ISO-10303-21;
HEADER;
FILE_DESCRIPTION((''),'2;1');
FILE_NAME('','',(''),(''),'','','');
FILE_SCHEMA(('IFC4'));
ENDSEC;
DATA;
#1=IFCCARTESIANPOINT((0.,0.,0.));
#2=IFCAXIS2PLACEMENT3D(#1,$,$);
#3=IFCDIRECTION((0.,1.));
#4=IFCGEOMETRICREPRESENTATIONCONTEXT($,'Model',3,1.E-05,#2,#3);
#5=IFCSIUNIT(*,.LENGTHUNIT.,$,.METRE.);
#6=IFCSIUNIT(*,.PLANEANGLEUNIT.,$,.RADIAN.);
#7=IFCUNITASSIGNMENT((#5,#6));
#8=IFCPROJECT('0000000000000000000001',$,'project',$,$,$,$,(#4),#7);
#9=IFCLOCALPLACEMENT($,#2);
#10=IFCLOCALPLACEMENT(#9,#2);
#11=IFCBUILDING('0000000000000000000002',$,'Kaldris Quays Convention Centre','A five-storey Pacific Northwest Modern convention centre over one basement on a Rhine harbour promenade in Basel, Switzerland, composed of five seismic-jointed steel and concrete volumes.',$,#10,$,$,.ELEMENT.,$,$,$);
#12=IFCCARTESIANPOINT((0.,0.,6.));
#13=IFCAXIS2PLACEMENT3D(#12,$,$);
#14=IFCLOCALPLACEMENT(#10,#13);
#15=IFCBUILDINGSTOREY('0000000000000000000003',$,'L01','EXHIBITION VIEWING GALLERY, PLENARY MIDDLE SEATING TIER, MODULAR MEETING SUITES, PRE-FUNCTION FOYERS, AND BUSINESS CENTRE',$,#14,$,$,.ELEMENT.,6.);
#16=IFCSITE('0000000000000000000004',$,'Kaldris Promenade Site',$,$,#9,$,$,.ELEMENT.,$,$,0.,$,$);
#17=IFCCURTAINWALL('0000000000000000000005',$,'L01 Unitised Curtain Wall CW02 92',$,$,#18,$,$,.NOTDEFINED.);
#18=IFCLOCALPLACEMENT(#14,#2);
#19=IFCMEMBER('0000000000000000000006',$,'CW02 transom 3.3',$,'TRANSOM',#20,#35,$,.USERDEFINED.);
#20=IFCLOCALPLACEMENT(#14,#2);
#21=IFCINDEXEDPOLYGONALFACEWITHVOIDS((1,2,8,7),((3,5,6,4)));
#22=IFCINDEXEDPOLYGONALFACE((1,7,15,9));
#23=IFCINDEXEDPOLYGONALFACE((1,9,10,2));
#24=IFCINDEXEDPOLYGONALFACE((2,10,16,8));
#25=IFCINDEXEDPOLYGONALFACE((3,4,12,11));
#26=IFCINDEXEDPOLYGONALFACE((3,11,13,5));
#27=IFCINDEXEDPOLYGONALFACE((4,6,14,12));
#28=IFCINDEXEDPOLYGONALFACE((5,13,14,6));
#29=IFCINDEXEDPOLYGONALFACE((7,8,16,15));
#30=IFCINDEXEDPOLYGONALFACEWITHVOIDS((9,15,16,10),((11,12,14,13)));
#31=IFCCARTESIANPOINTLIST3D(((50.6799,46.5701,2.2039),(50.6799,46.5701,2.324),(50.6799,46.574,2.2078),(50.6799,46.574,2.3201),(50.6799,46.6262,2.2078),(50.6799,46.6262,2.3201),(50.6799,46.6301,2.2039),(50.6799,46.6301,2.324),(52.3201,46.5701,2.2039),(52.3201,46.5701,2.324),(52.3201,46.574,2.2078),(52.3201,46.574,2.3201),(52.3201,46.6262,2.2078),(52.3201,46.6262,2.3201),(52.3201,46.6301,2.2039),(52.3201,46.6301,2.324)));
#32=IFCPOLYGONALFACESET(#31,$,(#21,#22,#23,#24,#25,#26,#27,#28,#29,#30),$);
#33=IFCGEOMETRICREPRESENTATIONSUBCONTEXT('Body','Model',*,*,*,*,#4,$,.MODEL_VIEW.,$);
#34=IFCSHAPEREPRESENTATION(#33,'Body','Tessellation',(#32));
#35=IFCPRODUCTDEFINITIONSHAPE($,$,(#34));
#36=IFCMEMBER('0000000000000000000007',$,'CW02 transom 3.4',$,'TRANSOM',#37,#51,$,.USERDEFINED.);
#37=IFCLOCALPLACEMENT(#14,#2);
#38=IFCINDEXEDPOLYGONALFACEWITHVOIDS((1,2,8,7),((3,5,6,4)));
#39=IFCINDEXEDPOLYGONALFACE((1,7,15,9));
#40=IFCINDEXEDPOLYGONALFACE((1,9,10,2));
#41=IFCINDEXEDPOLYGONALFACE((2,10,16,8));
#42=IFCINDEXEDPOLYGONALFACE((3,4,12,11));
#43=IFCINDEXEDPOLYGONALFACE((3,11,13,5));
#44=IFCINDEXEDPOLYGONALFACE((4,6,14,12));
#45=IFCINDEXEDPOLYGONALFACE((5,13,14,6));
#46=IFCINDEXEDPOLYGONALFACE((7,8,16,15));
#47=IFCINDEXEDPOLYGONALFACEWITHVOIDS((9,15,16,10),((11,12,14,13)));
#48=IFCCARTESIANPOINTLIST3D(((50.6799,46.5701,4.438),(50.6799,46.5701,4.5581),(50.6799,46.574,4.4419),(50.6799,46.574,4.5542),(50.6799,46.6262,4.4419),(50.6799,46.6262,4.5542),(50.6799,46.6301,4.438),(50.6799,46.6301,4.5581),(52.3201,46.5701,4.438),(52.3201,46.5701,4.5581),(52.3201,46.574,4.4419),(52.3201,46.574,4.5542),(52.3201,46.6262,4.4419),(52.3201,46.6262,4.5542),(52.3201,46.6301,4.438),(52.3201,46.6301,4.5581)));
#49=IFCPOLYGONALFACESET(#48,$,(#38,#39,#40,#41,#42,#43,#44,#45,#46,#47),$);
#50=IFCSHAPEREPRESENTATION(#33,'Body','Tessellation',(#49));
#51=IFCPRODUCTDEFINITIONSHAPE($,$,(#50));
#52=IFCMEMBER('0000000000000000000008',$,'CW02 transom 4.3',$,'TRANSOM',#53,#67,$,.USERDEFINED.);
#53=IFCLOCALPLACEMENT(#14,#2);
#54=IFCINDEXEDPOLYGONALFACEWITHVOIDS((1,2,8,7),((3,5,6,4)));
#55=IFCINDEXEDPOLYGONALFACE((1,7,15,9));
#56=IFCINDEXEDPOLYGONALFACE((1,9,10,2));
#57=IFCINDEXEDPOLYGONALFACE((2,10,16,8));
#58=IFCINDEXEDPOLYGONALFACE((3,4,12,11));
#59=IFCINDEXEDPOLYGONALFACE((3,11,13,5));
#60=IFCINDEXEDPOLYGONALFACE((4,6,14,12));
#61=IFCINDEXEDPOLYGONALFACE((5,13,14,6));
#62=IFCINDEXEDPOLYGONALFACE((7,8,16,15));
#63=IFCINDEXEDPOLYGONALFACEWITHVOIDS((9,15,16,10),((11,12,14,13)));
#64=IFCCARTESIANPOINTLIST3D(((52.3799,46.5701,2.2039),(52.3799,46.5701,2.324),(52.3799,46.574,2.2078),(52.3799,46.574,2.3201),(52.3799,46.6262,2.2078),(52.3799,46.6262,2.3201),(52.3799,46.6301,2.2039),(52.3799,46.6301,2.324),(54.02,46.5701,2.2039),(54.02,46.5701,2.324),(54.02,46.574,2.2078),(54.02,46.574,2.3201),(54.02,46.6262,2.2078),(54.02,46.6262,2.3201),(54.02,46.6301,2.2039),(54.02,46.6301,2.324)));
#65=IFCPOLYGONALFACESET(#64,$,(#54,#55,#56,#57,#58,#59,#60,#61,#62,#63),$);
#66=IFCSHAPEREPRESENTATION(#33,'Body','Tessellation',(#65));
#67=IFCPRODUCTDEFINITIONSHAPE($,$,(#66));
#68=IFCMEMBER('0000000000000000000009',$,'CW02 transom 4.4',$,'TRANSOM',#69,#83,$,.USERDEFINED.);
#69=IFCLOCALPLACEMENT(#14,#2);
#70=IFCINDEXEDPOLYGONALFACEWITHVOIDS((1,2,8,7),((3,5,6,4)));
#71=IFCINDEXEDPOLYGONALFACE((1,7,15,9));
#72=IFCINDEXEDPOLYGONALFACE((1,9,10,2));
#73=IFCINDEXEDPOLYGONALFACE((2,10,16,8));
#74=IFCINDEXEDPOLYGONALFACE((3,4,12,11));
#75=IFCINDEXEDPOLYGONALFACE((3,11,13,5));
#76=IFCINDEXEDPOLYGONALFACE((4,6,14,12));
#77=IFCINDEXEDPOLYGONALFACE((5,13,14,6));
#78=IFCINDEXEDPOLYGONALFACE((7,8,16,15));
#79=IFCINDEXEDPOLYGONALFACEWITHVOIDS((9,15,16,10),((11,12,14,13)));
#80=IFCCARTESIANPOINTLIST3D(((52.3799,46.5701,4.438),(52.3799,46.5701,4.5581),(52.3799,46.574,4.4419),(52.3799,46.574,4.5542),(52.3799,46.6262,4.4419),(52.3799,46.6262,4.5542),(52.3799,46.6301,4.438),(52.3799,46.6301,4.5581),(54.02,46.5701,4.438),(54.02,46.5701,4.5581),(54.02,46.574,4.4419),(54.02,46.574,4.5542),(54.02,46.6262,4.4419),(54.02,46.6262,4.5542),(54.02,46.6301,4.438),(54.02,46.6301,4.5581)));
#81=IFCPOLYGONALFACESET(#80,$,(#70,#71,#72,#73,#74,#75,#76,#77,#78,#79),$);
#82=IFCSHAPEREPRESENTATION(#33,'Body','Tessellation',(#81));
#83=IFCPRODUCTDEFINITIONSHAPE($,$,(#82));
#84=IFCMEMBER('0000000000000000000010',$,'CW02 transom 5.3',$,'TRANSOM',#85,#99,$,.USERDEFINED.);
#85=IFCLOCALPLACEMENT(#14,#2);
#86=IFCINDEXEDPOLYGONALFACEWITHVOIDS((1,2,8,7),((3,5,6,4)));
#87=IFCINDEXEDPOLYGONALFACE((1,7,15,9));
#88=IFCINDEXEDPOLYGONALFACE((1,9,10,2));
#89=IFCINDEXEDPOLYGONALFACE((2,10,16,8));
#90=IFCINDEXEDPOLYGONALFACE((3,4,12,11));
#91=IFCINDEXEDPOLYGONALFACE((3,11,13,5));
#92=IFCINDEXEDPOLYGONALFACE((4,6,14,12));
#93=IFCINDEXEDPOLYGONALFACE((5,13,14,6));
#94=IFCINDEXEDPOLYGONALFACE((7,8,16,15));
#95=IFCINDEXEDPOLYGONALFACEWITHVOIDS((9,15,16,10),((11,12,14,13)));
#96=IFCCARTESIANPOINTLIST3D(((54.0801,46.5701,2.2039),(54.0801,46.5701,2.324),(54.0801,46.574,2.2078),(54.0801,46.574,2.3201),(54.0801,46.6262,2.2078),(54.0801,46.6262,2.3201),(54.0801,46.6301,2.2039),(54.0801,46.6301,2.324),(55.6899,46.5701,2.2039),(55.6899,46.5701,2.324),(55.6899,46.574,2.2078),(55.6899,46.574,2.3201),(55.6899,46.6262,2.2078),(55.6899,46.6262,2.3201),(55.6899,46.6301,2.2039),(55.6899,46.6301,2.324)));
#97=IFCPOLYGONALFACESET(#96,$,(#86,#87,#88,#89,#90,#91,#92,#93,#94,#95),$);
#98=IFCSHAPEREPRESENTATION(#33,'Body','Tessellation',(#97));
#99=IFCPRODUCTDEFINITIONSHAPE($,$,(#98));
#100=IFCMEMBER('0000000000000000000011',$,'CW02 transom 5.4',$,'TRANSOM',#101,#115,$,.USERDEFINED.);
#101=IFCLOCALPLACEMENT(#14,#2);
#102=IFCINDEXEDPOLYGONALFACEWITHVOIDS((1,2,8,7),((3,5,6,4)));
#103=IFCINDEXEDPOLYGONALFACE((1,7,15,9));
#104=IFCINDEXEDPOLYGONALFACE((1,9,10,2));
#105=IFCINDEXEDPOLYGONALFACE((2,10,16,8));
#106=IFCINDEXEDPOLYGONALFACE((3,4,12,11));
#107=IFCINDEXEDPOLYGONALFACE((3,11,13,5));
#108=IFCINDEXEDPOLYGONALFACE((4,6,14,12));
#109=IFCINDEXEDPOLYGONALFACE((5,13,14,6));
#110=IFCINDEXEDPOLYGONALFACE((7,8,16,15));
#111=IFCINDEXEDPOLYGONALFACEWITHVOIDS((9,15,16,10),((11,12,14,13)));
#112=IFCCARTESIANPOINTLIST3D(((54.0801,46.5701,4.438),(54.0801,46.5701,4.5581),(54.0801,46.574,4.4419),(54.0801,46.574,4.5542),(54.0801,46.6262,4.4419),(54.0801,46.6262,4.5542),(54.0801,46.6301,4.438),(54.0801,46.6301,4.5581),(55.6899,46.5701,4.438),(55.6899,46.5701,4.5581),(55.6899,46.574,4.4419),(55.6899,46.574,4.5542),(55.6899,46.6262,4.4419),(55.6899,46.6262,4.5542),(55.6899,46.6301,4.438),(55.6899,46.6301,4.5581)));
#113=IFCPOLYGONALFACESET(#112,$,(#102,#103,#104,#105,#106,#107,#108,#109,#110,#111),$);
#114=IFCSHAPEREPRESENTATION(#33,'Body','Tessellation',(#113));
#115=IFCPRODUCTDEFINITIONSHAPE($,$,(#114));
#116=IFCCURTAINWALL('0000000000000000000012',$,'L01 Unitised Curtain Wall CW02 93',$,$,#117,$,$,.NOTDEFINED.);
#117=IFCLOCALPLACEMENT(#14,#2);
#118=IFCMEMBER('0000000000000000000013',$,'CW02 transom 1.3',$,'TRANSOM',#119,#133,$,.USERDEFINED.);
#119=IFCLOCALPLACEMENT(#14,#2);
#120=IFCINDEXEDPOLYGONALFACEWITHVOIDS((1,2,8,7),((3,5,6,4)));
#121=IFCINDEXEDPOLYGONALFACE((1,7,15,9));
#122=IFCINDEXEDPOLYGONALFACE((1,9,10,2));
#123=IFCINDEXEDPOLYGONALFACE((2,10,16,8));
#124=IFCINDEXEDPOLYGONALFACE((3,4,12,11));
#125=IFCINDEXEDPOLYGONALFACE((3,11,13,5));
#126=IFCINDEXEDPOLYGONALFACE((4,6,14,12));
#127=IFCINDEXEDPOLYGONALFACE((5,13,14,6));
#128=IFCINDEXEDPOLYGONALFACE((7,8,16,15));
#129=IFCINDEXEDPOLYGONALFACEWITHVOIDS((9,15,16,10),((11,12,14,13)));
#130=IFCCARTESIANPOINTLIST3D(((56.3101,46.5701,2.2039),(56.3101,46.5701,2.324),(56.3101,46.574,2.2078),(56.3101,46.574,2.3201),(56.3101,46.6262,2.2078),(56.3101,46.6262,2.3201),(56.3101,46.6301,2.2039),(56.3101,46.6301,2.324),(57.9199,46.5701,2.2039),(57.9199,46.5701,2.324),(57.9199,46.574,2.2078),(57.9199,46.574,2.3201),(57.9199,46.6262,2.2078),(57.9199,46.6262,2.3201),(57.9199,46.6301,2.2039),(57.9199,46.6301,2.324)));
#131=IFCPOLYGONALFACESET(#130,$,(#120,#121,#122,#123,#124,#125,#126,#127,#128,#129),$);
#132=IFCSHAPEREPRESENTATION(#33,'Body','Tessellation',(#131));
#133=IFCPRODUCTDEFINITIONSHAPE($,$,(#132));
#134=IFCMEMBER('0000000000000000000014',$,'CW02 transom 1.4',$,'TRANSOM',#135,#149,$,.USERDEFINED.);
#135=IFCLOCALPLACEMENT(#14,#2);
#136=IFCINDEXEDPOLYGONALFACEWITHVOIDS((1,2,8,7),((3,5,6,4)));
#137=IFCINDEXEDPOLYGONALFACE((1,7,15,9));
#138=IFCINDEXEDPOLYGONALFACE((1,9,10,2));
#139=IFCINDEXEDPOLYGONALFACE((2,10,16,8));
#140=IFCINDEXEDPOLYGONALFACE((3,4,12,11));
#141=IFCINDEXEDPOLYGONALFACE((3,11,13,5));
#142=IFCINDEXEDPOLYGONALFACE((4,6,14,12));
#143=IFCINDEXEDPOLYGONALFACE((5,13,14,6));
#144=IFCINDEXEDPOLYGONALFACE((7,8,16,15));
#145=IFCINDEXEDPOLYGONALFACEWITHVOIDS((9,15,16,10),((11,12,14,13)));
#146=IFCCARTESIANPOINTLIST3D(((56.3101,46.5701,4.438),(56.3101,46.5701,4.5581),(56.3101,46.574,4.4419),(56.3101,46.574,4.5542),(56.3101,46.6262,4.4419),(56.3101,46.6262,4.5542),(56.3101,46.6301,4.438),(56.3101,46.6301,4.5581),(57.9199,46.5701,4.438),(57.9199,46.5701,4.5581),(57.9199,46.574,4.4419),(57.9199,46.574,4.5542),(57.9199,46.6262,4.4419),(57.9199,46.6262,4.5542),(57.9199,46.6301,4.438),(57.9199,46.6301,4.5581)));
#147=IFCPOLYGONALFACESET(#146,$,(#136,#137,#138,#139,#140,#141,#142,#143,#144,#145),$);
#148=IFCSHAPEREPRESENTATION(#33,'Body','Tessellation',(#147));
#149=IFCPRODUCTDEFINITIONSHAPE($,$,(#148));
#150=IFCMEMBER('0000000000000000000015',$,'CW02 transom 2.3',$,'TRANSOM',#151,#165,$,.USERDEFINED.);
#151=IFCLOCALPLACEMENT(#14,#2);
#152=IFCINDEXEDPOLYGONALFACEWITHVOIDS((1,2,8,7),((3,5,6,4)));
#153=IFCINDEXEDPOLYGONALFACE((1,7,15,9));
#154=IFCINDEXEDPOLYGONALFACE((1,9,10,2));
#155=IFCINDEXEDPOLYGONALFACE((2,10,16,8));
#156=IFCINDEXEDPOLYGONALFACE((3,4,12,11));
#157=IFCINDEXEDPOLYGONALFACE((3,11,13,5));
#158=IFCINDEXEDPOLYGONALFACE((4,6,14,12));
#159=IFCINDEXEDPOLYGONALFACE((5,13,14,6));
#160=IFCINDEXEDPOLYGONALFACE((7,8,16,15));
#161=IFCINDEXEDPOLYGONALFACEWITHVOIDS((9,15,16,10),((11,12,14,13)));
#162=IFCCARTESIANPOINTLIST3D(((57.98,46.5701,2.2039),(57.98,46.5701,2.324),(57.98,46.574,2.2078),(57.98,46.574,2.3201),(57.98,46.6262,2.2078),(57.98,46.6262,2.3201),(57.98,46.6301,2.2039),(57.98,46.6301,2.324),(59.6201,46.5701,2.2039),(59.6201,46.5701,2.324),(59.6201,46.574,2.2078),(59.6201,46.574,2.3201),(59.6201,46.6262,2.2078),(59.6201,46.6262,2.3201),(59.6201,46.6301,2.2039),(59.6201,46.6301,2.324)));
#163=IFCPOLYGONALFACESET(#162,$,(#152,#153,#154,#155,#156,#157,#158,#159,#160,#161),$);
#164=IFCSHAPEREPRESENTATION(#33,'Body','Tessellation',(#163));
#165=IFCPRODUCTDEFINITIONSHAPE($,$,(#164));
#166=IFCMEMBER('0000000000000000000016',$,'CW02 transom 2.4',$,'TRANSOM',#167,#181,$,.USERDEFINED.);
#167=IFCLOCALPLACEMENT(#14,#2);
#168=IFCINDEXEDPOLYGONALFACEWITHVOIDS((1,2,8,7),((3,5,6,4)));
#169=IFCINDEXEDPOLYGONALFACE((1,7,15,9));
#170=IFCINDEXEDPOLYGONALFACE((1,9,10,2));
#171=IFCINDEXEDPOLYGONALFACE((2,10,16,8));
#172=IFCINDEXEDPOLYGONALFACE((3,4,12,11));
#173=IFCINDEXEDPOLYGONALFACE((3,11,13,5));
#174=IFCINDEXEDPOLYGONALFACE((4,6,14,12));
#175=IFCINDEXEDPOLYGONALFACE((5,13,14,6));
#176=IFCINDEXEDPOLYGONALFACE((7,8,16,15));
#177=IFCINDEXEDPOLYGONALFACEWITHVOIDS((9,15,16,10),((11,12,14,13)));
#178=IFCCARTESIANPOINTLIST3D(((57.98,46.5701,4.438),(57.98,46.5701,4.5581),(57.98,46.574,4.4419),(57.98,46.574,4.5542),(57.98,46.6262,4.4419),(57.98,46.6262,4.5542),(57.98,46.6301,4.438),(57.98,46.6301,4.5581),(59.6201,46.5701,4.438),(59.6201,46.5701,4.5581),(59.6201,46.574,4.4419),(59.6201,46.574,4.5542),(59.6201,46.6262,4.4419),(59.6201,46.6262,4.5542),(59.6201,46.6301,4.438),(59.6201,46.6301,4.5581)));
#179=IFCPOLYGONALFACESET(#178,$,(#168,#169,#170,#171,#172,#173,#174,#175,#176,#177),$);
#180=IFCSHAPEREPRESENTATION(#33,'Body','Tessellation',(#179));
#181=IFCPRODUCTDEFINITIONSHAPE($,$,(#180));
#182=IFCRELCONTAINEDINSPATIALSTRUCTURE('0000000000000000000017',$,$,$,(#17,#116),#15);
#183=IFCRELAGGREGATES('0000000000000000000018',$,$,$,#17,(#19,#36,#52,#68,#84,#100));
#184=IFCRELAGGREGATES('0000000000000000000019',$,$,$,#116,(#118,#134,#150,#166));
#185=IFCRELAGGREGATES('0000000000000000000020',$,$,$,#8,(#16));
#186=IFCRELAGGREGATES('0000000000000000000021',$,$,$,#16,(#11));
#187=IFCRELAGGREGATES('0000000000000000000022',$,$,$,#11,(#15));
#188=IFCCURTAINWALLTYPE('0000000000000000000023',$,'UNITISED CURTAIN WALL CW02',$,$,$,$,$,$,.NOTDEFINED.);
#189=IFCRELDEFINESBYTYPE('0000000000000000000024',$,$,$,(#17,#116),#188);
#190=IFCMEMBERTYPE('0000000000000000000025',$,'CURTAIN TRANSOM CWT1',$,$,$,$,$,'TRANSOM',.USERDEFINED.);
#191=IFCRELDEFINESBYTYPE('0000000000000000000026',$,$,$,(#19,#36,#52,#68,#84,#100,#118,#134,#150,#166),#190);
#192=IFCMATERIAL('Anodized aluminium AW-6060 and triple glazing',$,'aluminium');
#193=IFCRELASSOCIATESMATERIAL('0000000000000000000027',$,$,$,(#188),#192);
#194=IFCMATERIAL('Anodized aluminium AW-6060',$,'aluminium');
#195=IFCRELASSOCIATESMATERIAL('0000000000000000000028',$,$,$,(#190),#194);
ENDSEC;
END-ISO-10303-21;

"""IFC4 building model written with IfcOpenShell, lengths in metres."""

from ifc_helpers import new_model, si_unit, direction, frame, origin, origin_2d, place, context, subcontext, project, spatial, hollow_rectangle, extrude, material, material_profile, profile_set, type_object, element, aggregate, save


model = new_model("IFC4")

# Units and contexts
model_context = context("Model", 3, precision=1e-05, world=origin(), true_north=direction((0.0, 1.0)))
body_context = subcontext(model_context, "Body", "Model", "MODEL_VIEW")
ifc_project = project(units=[si_unit("LENGTHUNIT", "METRE"), si_unit("PLANEANGLEUNIT", "RADIAN")], contexts=[model_context])

# Site, building, storey
site_placement = place(None, origin())
site = spatial("IfcSite", under=ifc_project, at=site_placement, Name="Kaldris Promenade Site", CompositionType="ELEMENT", RefElevation=0.0)
building_placement = place(site_placement, origin())
building = spatial("IfcBuilding", under=site, at=building_placement, Name="Kaldris Quays Convention Centre", Description="A five-storey Pacific Northwest Modern convention centre over one basement on a Rhine harbour promenade in Basel, Switzerland, composed of five seismic-jointed steel and concrete volumes.", CompositionType="ELEMENT")
storey_placement = place(building_placement, frame((0.0, 0.0, 6.0)))
storey = spatial("IfcBuildingStorey", under=building, at=storey_placement, Name="L01", Description="EXHIBITION VIEWING GALLERY, PLENARY MIDDLE SEATING TIER, MODULAR MEETING SUITES, PRE-FUNCTION FOYERS, AND BUSINESS CENTRE", CompositionType="ELEMENT", Elevation=6.0)

# Curtain walls, members
ifc_material_1 = material(Name="Anodized aluminium AW-6060 and triple glazing", Category="aluminium")
curtain_wall_type = type_object("IfcCurtainWallType", Name="UNITISED CURTAIN WALL CW02", PredefinedType="NOTDEFINED", material=ifc_material_1)
curtain_wall_1_placement = place(storey_placement, origin())
curtain_wall_1 = element("IfcCurtainWall", 1, at=curtain_wall_1_placement, inside=storey, type_object=curtain_wall_type, Name="L01 Unitised Curtain Wall CW02 92", PredefinedType="NOTDEFINED")
ifc_material_2 = material(Name="Anodized aluminium AW-6060", Category="aluminium")
ifc_material_profile_1 = material_profile(ifc_material_2, hollow_rectangle(XDim=0.0601, YDim=0.1201, WallThickness=0.0039, at=origin_2d()), Name="RHS 120x60x4")
ifc_profile_set_1 = profile_set([ifc_material_profile_1], Name="Anodized aluminium AW-6060")
member_type = type_object("IfcMemberType", Name="CURTAIN TRANSOM CWT1", ElementType="TRANSOM", PredefinedType="USERDEFINED", material=ifc_profile_set_1)
member_1_placement = place(storey_placement, frame((50.6799, 46.6001, 2.2639), z_axis=(1.0, 0.0, 0.0), x_axis=(0.0, 1.0, 0.0)))
member_1 = element("IfcMember", 2, at=member_1_placement, type_object=member_type, Name="CW02 transom 3.3", ObjectType="TRANSOM", PredefinedType="USERDEFINED", context=body_context, shape_type="SweptSolid", body=[
    extrude(hollow_rectangle(XDim=0.0601, YDim=0.1201, WallThickness=0.0039, at=origin_2d()), origin(), (0.0, 0.0, 1.0), 1.6401),
])
member_2_placement = place(storey_placement, frame((50.6799, 46.6001, 4.498), z_axis=(1.0, 0.0, 0.0), x_axis=(0.0, 1.0, 0.0)))
member_2 = element("IfcMember", 3, at=member_2_placement, type_object=member_type, Name="CW02 transom 3.4", ObjectType="TRANSOM", PredefinedType="USERDEFINED", context=body_context, shape_type="SweptSolid", body=[
    extrude(hollow_rectangle(XDim=0.0601, YDim=0.1201, WallThickness=0.0039, at=origin_2d()), origin(), (0.0, 0.0, 1.0), 1.6401),
])
member_3_placement = place(storey_placement, frame((52.3799, 46.6001, 2.2639), z_axis=(1.0, 0.0, 0.0), x_axis=(0.0, 1.0, 0.0)))
member_3 = element("IfcMember", 4, at=member_3_placement, type_object=member_type, Name="CW02 transom 4.3", ObjectType="TRANSOM", PredefinedType="USERDEFINED", context=body_context, shape_type="SweptSolid", body=[
    extrude(hollow_rectangle(XDim=0.0601, YDim=0.1201, WallThickness=0.0039, at=origin_2d()), origin(), (0.0, 0.0, 1.0), 1.6401),
])
member_4_placement = place(storey_placement, frame((52.3799, 46.6001, 4.498), z_axis=(1.0, 0.0, 0.0), x_axis=(0.0, 1.0, 0.0)))
member_4 = element("IfcMember", 5, at=member_4_placement, type_object=member_type, Name="CW02 transom 4.4", ObjectType="TRANSOM", PredefinedType="USERDEFINED", context=body_context, shape_type="SweptSolid", body=[
    extrude(hollow_rectangle(XDim=0.0601, YDim=0.1201, WallThickness=0.0039, at=origin_2d()), origin(), (0.0, 0.0, 1.0), 1.6401),
])
member_5_placement = place(storey_placement, frame((54.0801, 46.6001, 2.2639), z_axis=(1.0, 0.0, 0.0), x_axis=(0.0, 1.0, 0.0)))
member_5 = element("IfcMember", 6, at=member_5_placement, type_object=member_type, Name="CW02 transom 5.3", ObjectType="TRANSOM", PredefinedType="USERDEFINED", context=body_context, shape_type="SweptSolid", body=[
    extrude(hollow_rectangle(XDim=0.0601, YDim=0.1201, WallThickness=0.0039, at=origin_2d()), origin(), (0.0, 0.0, 1.0), 1.6099),
])
member_6_placement = place(storey_placement, frame((54.0801, 46.6001, 4.498), z_axis=(1.0, 0.0, 0.0), x_axis=(0.0, 1.0, 0.0)))
member_6 = element("IfcMember", 7, at=member_6_placement, type_object=member_type, Name="CW02 transom 5.4", ObjectType="TRANSOM", PredefinedType="USERDEFINED", context=body_context, shape_type="SweptSolid", body=[
    extrude(hollow_rectangle(XDim=0.0601, YDim=0.1201, WallThickness=0.0039, at=origin_2d()), origin(), (0.0, 0.0, 1.0), 1.6099),
])
curtain_wall_2_placement = place(storey_placement, origin())
curtain_wall_2 = element("IfcCurtainWall", 8, at=curtain_wall_2_placement, inside=storey, type_object=curtain_wall_type, Name="L01 Unitised Curtain Wall CW02 93", PredefinedType="NOTDEFINED")
member_7_placement = place(storey_placement, frame((56.3101, 46.6001, 2.2639), z_axis=(1.0, 0.0, 0.0), x_axis=(0.0, 1.0, 0.0)))
member_7 = element("IfcMember", 9, at=member_7_placement, type_object=member_type, Name="CW02 transom 1.3", ObjectType="TRANSOM", PredefinedType="USERDEFINED", context=body_context, shape_type="SweptSolid", body=[
    extrude(hollow_rectangle(XDim=0.0601, YDim=0.1201, WallThickness=0.0039, at=origin_2d()), origin(), (0.0, 0.0, 1.0), 1.6099),
])
member_8_placement = place(storey_placement, frame((56.3101, 46.6001, 4.498), z_axis=(1.0, 0.0, 0.0), x_axis=(0.0, 1.0, 0.0)))
member_8 = element("IfcMember", 10, at=member_8_placement, type_object=member_type, Name="CW02 transom 1.4", ObjectType="TRANSOM", PredefinedType="USERDEFINED", context=body_context, shape_type="SweptSolid", body=[
    extrude(hollow_rectangle(XDim=0.0601, YDim=0.1201, WallThickness=0.0039, at=origin_2d()), origin(), (0.0, 0.0, 1.0), 1.6099),
])
member_9_placement = place(storey_placement, frame((57.98, 46.6001, 2.2639), z_axis=(1.0, 0.0, 0.0), x_axis=(0.0, 1.0, 0.0)))
member_9 = element("IfcMember", 11, at=member_9_placement, type_object=member_type, Name="CW02 transom 2.3", ObjectType="TRANSOM", PredefinedType="USERDEFINED", context=body_context, shape_type="SweptSolid", body=[
    extrude(hollow_rectangle(XDim=0.0601, YDim=0.1201, WallThickness=0.0039, at=origin_2d()), origin(), (0.0, 0.0, 1.0), 1.6401),
])
member_10_placement = place(storey_placement, frame((57.98, 46.6001, 4.498), z_axis=(1.0, 0.0, 0.0), x_axis=(0.0, 1.0, 0.0)))
member_10 = element("IfcMember", 12, at=member_10_placement, type_object=member_type, Name="CW02 transom 2.4", ObjectType="TRANSOM", PredefinedType="USERDEFINED", context=body_context, shape_type="SweptSolid", body=[
    extrude(hollow_rectangle(XDim=0.0601, YDim=0.1201, WallThickness=0.0039, at=origin_2d()), origin(), (0.0, 0.0, 1.0), 1.6401),
])

aggregate(curtain_wall_1, [member_1, member_2, member_3, member_4, member_5, member_6])
aggregate(curtain_wall_2, [member_7, member_8, member_9, member_10])

save(model, "model.ifc")
